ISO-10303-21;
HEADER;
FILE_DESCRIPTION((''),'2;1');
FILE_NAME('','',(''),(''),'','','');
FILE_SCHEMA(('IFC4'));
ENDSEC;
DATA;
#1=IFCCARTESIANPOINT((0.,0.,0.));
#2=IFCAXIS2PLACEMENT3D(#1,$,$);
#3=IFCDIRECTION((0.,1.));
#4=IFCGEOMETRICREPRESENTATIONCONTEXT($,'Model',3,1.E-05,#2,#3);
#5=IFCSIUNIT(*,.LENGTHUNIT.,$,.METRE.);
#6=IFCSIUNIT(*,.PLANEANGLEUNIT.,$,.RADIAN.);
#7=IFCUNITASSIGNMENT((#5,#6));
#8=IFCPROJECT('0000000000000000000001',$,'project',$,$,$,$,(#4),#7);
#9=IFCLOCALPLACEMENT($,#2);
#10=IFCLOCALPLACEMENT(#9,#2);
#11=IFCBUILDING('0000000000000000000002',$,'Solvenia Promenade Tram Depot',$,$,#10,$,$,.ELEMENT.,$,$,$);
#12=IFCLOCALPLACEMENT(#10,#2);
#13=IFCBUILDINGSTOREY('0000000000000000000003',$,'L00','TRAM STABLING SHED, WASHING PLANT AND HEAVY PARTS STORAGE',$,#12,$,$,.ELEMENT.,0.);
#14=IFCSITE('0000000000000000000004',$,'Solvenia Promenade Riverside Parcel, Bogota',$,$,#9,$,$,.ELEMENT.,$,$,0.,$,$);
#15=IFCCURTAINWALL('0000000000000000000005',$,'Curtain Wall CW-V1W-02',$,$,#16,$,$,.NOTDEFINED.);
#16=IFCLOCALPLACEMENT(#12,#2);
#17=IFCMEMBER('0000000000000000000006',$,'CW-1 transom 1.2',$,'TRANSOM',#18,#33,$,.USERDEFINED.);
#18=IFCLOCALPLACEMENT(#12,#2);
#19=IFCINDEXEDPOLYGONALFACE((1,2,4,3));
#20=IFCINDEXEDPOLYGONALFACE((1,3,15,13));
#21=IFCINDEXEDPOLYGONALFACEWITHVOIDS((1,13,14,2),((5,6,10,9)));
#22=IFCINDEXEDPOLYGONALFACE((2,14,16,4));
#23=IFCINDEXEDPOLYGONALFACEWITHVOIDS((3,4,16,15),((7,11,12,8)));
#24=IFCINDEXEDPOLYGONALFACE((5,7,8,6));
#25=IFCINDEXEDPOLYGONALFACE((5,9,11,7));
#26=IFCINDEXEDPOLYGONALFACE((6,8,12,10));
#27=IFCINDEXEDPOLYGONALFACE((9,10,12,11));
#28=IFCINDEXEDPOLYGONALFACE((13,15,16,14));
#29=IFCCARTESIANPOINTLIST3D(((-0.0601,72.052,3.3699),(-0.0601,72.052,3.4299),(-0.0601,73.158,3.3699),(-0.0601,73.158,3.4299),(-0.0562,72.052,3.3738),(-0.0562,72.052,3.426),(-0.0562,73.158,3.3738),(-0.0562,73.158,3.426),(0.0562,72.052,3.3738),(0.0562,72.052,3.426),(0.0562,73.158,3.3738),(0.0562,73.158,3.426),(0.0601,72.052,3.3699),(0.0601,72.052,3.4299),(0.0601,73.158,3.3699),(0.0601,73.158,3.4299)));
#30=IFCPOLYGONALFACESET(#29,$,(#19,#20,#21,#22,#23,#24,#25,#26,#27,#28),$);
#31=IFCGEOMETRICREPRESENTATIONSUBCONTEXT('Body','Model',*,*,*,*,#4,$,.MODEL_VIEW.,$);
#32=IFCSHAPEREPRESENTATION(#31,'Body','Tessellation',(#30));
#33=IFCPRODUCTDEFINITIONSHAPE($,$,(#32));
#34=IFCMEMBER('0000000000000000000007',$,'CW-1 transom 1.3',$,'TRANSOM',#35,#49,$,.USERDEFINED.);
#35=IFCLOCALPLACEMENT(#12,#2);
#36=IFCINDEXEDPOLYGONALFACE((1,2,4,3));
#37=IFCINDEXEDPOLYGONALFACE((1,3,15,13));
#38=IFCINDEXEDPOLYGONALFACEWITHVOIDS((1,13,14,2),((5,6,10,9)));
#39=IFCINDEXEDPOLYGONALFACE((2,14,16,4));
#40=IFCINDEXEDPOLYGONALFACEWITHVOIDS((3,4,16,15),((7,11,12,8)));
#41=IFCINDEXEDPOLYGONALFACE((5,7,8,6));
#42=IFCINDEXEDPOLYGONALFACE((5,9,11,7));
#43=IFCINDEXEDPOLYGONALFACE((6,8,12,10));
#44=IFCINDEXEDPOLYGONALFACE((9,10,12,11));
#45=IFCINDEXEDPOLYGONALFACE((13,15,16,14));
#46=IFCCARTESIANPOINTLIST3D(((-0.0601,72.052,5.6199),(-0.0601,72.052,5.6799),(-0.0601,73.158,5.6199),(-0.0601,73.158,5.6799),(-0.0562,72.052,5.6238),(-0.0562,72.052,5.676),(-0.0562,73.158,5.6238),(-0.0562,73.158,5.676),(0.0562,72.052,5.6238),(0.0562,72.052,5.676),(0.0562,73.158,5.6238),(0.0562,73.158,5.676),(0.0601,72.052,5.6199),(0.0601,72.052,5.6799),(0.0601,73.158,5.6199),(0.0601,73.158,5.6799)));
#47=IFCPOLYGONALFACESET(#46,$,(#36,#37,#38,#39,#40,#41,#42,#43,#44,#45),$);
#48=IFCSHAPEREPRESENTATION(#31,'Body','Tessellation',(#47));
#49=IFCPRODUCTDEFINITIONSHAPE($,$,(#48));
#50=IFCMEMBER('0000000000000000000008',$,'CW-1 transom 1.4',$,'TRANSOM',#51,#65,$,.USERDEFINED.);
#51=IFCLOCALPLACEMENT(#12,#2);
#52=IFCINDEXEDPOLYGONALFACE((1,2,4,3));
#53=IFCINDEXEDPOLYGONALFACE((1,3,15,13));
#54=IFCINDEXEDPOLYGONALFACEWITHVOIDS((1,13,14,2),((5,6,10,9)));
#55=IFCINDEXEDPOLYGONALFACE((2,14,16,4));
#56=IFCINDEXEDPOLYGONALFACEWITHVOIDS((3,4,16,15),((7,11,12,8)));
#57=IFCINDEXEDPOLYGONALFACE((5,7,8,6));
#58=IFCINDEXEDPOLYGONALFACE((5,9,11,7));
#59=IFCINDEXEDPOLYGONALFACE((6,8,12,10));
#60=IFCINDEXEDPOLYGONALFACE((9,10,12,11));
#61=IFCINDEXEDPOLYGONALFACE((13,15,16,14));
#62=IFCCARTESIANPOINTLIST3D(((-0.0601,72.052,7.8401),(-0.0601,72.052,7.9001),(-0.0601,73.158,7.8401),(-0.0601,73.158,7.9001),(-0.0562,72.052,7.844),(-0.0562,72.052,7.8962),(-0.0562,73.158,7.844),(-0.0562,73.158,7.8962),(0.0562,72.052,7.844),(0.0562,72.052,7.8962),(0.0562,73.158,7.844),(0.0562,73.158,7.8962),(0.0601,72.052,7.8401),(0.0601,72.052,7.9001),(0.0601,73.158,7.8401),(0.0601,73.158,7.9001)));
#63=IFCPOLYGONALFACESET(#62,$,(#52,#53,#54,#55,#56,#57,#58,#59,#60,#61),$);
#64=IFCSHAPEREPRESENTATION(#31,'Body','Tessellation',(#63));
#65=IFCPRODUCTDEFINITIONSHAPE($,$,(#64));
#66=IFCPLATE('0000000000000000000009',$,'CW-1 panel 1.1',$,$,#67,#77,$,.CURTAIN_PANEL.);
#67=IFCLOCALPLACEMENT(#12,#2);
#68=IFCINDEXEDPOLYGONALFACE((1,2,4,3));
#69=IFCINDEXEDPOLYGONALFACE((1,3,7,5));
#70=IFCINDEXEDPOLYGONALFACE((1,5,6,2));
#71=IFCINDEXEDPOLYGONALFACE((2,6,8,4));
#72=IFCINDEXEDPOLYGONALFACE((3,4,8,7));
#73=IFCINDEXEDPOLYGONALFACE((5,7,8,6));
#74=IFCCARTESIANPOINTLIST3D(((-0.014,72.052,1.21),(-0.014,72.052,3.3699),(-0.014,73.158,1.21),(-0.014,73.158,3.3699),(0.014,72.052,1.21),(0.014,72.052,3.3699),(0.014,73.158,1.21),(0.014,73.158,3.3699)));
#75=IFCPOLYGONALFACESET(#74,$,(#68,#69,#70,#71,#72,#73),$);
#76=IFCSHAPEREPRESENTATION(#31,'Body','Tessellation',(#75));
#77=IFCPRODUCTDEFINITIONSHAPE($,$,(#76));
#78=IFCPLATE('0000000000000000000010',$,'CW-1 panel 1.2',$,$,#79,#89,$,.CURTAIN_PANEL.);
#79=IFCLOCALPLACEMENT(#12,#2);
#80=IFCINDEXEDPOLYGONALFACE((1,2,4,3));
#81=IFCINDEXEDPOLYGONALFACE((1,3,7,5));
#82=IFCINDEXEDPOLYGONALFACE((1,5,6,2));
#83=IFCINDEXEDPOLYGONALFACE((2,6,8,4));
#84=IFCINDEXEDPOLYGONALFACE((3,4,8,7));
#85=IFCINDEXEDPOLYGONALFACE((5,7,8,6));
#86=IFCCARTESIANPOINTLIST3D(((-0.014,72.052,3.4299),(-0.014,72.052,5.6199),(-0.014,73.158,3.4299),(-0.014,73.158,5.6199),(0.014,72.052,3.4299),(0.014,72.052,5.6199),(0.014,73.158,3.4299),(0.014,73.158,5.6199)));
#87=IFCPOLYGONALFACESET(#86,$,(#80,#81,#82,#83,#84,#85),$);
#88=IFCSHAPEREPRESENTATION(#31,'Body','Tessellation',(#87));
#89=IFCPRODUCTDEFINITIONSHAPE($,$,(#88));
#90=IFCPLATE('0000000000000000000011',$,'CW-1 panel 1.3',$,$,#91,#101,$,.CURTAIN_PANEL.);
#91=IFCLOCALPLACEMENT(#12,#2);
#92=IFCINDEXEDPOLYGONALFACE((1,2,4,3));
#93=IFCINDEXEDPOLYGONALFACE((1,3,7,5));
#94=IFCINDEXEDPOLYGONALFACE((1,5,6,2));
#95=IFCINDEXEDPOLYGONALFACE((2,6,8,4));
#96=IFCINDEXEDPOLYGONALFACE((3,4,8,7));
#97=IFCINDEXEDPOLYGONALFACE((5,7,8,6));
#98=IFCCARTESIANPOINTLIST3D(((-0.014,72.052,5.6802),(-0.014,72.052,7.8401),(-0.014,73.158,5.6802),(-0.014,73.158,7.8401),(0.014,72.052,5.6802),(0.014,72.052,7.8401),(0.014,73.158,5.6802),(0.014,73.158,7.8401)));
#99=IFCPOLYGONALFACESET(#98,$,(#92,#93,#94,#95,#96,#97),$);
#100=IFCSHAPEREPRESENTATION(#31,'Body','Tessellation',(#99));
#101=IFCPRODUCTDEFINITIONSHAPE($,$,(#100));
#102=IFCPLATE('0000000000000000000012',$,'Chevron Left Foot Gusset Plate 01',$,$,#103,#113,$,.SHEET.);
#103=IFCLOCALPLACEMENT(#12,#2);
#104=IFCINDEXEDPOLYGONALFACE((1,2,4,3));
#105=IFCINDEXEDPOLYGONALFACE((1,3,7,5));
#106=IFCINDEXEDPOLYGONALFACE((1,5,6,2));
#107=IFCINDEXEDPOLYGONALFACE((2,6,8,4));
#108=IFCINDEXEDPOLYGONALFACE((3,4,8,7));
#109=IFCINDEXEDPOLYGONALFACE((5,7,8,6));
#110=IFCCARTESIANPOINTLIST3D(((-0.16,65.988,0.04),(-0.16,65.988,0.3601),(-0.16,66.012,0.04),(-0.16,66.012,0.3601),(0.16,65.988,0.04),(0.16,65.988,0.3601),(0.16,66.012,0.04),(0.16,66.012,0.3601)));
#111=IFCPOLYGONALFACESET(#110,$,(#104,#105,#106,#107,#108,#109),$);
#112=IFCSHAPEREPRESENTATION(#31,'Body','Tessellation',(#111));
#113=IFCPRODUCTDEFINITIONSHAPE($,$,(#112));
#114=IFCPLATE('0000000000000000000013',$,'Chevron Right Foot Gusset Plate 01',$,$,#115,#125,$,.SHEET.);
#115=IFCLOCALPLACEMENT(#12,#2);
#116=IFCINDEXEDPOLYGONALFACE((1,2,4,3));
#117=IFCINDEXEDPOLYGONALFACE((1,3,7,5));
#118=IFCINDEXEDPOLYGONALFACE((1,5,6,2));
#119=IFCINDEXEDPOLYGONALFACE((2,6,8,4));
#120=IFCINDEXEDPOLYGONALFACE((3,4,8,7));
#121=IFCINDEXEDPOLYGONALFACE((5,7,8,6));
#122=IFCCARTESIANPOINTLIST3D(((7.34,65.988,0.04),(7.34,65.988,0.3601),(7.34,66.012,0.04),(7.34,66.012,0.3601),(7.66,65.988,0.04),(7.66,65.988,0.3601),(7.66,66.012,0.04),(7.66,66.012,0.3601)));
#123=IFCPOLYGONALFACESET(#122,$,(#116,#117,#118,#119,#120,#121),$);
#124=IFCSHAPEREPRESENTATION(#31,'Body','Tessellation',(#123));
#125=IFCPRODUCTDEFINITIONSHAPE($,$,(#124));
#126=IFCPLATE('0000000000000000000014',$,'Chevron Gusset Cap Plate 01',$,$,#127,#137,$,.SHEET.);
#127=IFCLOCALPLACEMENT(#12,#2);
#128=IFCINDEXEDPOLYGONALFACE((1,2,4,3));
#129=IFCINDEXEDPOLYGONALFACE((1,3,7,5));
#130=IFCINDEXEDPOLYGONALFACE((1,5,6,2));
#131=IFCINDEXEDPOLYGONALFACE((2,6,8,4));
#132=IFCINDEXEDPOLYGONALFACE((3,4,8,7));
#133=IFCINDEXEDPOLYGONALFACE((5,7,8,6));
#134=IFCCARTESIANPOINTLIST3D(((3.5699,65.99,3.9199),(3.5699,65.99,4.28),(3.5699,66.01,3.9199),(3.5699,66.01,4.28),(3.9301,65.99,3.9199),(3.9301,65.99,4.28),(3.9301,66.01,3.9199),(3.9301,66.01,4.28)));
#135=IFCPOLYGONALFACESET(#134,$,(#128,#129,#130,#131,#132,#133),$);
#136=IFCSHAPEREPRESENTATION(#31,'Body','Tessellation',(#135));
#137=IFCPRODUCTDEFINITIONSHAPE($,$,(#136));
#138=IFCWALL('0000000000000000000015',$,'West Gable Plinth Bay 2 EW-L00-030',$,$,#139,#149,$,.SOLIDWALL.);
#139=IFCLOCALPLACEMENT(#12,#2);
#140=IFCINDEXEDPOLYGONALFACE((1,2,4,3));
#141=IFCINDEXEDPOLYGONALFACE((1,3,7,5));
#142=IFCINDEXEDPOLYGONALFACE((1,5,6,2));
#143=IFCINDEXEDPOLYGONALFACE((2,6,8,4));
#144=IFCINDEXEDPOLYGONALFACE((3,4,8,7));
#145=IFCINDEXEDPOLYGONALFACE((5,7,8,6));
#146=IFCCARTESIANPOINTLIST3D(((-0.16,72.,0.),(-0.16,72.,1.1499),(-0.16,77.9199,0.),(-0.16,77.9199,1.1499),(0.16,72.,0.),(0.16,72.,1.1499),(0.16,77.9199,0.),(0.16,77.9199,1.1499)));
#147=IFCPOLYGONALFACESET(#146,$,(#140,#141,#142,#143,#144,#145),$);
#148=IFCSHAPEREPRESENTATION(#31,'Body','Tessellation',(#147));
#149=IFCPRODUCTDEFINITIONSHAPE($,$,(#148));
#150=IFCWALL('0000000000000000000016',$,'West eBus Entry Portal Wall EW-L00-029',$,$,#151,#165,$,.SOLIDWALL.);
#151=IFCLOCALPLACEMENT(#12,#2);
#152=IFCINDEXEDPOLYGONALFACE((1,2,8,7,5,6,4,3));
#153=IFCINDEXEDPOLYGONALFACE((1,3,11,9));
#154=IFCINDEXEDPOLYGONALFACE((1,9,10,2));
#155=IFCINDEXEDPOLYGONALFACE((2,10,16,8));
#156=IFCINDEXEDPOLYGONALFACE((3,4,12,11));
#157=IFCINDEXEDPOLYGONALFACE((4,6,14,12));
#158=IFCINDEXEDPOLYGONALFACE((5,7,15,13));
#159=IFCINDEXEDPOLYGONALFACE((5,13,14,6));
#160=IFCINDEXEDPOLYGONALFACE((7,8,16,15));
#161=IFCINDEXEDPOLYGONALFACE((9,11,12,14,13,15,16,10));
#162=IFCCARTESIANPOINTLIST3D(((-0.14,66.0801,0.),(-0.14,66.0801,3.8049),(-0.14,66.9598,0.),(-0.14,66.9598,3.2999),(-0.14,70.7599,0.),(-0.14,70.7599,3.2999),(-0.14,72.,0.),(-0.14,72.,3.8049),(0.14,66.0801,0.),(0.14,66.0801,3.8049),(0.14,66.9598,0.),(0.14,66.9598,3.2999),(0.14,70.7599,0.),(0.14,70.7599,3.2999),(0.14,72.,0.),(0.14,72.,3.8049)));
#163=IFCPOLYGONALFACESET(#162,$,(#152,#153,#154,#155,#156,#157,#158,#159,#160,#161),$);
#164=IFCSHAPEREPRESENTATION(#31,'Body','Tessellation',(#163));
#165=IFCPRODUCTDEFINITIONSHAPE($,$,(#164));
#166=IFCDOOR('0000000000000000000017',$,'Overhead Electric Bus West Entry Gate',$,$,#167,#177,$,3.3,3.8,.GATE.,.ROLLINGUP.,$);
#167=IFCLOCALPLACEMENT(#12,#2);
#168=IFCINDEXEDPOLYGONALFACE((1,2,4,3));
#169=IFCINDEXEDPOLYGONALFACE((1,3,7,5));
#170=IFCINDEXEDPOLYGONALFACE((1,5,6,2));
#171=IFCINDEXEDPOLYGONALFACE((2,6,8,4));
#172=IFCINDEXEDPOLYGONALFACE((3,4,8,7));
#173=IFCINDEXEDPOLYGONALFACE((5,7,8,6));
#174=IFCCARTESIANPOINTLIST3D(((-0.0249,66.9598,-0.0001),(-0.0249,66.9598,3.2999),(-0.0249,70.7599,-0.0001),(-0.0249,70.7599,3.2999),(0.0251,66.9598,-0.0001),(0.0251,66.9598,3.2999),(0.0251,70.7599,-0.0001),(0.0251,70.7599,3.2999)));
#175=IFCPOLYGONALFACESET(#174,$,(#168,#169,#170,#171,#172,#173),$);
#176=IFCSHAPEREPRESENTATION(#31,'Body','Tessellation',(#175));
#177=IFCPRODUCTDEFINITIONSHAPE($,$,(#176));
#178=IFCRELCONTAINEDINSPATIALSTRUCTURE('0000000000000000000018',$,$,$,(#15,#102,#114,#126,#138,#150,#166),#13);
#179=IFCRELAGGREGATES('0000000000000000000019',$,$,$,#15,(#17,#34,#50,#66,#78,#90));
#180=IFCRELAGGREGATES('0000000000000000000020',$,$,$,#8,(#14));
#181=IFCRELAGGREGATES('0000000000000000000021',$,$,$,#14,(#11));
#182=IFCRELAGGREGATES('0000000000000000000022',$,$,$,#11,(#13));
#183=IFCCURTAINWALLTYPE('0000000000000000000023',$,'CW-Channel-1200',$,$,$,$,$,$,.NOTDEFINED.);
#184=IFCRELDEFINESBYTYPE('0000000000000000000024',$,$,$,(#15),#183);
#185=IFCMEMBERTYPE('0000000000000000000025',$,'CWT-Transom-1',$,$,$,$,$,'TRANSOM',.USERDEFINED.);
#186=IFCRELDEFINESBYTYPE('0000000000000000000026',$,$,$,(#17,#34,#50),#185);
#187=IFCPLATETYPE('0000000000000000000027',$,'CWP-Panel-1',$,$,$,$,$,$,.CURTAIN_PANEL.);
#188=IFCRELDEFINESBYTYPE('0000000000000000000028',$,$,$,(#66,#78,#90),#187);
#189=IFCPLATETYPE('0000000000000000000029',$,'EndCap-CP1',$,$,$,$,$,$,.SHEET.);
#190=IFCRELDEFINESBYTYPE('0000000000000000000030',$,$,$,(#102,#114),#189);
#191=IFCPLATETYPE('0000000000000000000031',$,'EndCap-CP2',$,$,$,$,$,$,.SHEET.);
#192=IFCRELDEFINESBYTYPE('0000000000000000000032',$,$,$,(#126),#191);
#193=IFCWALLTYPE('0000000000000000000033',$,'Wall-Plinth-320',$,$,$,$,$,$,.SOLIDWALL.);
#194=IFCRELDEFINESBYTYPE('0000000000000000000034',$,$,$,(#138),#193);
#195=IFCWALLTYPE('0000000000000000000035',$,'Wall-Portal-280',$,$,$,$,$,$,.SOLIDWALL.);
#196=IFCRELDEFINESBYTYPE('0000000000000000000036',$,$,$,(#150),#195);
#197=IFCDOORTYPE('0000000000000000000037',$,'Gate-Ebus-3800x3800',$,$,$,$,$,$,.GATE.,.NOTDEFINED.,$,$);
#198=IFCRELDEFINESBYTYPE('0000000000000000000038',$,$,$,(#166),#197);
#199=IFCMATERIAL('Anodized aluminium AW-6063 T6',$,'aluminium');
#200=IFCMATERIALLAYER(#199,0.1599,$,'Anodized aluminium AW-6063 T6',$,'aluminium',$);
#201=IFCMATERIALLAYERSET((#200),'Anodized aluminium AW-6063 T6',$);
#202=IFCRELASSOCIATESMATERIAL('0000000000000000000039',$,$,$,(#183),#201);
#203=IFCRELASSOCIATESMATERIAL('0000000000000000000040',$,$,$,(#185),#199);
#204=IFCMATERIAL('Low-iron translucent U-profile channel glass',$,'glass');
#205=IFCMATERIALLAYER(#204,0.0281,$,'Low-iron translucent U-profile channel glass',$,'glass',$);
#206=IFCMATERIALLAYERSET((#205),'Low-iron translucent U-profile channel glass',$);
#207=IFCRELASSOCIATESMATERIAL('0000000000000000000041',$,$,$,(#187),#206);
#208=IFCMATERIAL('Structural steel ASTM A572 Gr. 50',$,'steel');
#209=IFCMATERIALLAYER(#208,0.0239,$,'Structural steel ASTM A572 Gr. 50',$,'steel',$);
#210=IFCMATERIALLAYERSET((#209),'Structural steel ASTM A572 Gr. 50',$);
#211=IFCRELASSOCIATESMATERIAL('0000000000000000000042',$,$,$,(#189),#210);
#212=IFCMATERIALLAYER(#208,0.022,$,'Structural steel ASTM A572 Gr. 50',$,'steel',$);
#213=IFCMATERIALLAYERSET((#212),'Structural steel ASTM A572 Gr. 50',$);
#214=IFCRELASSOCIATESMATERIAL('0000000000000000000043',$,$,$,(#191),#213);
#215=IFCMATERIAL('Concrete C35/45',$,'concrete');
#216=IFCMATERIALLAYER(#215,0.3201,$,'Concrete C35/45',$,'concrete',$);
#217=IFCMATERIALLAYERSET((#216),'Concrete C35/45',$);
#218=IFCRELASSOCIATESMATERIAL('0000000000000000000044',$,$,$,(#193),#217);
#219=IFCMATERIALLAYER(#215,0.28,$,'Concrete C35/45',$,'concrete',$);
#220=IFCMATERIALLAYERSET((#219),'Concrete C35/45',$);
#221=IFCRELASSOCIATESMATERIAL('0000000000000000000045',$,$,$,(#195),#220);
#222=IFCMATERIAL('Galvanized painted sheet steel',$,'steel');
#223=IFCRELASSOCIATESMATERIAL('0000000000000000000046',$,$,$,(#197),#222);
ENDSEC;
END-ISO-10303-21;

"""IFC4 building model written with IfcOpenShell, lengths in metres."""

from ifc_helpers import new_model, si_unit, direction, frame, frame_2d, origin, origin_2d, place, context, subcontext, project, spatial, rectangle, hollow_rectangle, extrude, material, layer, layer_set, material_profile, profile_set, type_object, element, fill, aggregate, save


model = new_model("IFC4")

# Units and contexts
model_context = context("Model", 3, precision=1e-05, world=origin(), true_north=direction((0.0, 1.0)))
body_context = subcontext(model_context, "Body", "Model", "MODEL_VIEW")
ifc_project = project(units=[si_unit("LENGTHUNIT", "METRE"), si_unit("PLANEANGLEUNIT", "RADIAN")], contexts=[model_context])

# Site, building, storey
site_placement = place(None, origin())
site = spatial("IfcSite", under=ifc_project, at=site_placement, Name="Solvenia Promenade Riverside Parcel, Bogota", CompositionType="ELEMENT", RefElevation=0.0)
building_placement = place(site_placement, origin())
building = spatial("IfcBuilding", under=site, at=building_placement, Name="Solvenia Promenade Tram Depot", CompositionType="ELEMENT")
storey_placement = place(building_placement, origin())
storey = spatial("IfcBuildingStorey", under=building, at=storey_placement, Name="L00", Description="TRAM STABLING SHED, WASHING PLANT AND HEAVY PARTS STORAGE", CompositionType="ELEMENT", Elevation=0.0)

# Curtain wall, members, plates
ifc_material_1 = material(Name="Anodized aluminium AW-6063 T6", Category="aluminium")
ifc_layer_1 = layer(ifc_material_1, 0.1599, Name="Anodized aluminium AW-6063 T6", Category="aluminium")
ifc_layer_set_1 = layer_set([ifc_layer_1], Name="Anodized aluminium AW-6063 T6")
curtain_wall_type = type_object("IfcCurtainWallType", Name="CW-Channel-1200", PredefinedType="NOTDEFINED", material=ifc_layer_set_1)
curtain_wall_placement = place(storey_placement, origin())
curtain_wall = element("IfcCurtainWall", 1, at=curtain_wall_placement, inside=storey, type_object=curtain_wall_type, Name="Curtain Wall CW-V1W-02", PredefinedType="NOTDEFINED")
ifc_material_profile_1 = material_profile(ifc_material_1, hollow_rectangle(XDim=0.1201, YDim=0.0601, WallThickness=0.0039, at=origin_2d()), Name="ALU-T1", Category="aluminium")
ifc_profile_set_1 = profile_set([ifc_material_profile_1], Name="Anodized aluminium AW-6063 T6")
member_type_1 = type_object("IfcMemberType", Name="CWT-Transom-1", ElementType="TRANSOM", PredefinedType="USERDEFINED", material=ifc_profile_set_1)
member_1_placement = place(storey_placement, frame((0.0, 72.052, 3.3999), z_axis=(0.0, 1.0, 0.0), x_axis=(-1.0, 0.0, 0.0)))
member_1 = element("IfcMember", 2, at=member_1_placement, type_object=member_type_1, Name="CW-1 transom 1.2", ObjectType="TRANSOM", PredefinedType="USERDEFINED", context=body_context, shape_type="SweptSolid", body=[
    extrude(hollow_rectangle(XDim=0.1201, YDim=0.0601, WallThickness=0.0039, at=origin_2d()), origin(), (0.0, 0.0, 1.0), 1.106),
])
member_2_placement = place(storey_placement, frame((0.0, 72.052, 5.6499), z_axis=(0.0, 1.0, 0.0), x_axis=(-1.0, 0.0, 0.0)))
member_2 = element("IfcMember", 3, at=member_2_placement, type_object=member_type_1, Name="CW-1 transom 1.3", ObjectType="TRANSOM", PredefinedType="USERDEFINED", context=body_context, shape_type="SweptSolid", body=[
    extrude(hollow_rectangle(XDim=0.1201, YDim=0.0601, WallThickness=0.0039, at=origin_2d()), origin(), (0.0, 0.0, 1.0), 1.106),
])
member_3_placement = place(storey_placement, frame((0.0, 72.052, 7.8701), z_axis=(0.0, 1.0, 0.0), x_axis=(-1.0, 0.0, 0.0)))
member_3 = element("IfcMember", 4, at=member_3_placement, type_object=member_type_1, Name="CW-1 transom 1.4", ObjectType="TRANSOM", PredefinedType="USERDEFINED", context=body_context, shape_type="SweptSolid", body=[
    extrude(hollow_rectangle(XDim=0.1201, YDim=0.0601, WallThickness=0.0039, at=origin_2d()), origin(), (0.0, 0.0, 1.0), 1.106),
])
ifc_material_2 = material(Name="Low-iron translucent U-profile channel glass", Category="glass")
ifc_layer_2 = layer(ifc_material_2, 0.0281, Name="Low-iron translucent U-profile channel glass", Category="glass")
ifc_layer_set_2 = layer_set([ifc_layer_2], Name="Low-iron translucent U-profile channel glass")
plate_type_1 = type_object("IfcPlateType", Name="CWP-Panel-1", PredefinedType="CURTAIN_PANEL", material=ifc_layer_set_2)
plate_1_placement = place(storey_placement, frame((0.0, 72.605, 1.21), z_axis=(0.0, 0.0, 1.0), x_axis=(0.0, 1.0, 0.0)))
plate_1 = element("IfcPlate", 5, at=plate_1_placement, type_object=plate_type_1, Name="CW-1 panel 1.1", PredefinedType="CURTAIN_PANEL", context=body_context, shape_type="SweptSolid", body=[
    extrude(rectangle(XDim=1.106, YDim=0.0281, at=origin_2d()), origin(), (0.0, 0.0, 1.0), 2.1599),
])
plate_2_placement = place(storey_placement, frame((0.0, 72.605, 3.4299), z_axis=(0.0, 0.0, 1.0), x_axis=(0.0, 1.0, 0.0)))
plate_2 = element("IfcPlate", 6, at=plate_2_placement, type_object=plate_type_1, Name="CW-1 panel 1.2", PredefinedType="CURTAIN_PANEL", context=body_context, shape_type="SweptSolid", body=[
    extrude(rectangle(XDim=1.106, YDim=0.0281, at=origin_2d()), origin(), (0.0, 0.0, 1.0), 2.1899),
])
plate_3_placement = place(storey_placement, frame((0.0, 72.605, 5.6802), z_axis=(0.0, 0.0, 1.0), x_axis=(0.0, 1.0, 0.0)))
plate_3 = element("IfcPlate", 7, at=plate_3_placement, type_object=plate_type_1, Name="CW-1 panel 1.3", PredefinedType="CURTAIN_PANEL", context=body_context, shape_type="SweptSolid", body=[
    extrude(rectangle(XDim=1.106, YDim=0.0281, at=origin_2d()), origin(), (0.0, 0.0, 1.0), 2.1599),
])
aggregate(curtain_wall, [member_1, member_2, member_3, plate_1, plate_2, plate_3])

# Plates
ifc_material_3 = material(Name="Structural steel ASTM A572 Gr. 50", Category="steel")
ifc_layer_3 = layer(ifc_material_3, 0.0239, Name="Structural steel ASTM A572 Gr. 50", Category="steel")
ifc_layer_set_3 = layer_set([ifc_layer_3], Name="Structural steel ASTM A572 Gr. 50")
plate_type_2 = type_object("IfcPlateType", Name="EndCap-CP1", PredefinedType="SHEET", material=ifc_layer_set_3)
for number, where, z_axis, x_axis, name in (
    (8, (0.0, 66.0, 0.04), (0.0, 0.0, 1.0), (1.0, 0.0, 0.0), "Chevron Left Foot Gusset Plate 01"),
    (9, (7.5, 66.0, 0.04), (0.0, 0.0, 1.0), (1.0, 0.0, 0.0), "Chevron Right Foot Gusset Plate 01"),
):
    element("IfcPlate", number, at=place(storey_placement, frame(where, z_axis=z_axis, x_axis=x_axis)), inside=storey, type_object=plate_type_2, Name=name, PredefinedType="SHEET", context=body_context, shape_type="SweptSolid", body=[
        extrude(rectangle(XDim=0.3201, YDim=0.0239, at=origin_2d()), origin(), (0.0, 0.0, 1.0), 0.3201),
    ])
ifc_layer_4 = layer(ifc_material_3, 0.022, Name="Structural steel ASTM A572 Gr. 50", Category="steel")
ifc_layer_set_4 = layer_set([ifc_layer_4], Name="Structural steel ASTM A572 Gr. 50")
plate_type_3 = type_object("IfcPlateType", Name="EndCap-CP2", PredefinedType="SHEET", material=ifc_layer_set_4)
plate_4_placement = place(storey_placement, frame((3.75, 66.0, 3.9199), z_axis=(0.0, 0.0, 1.0), x_axis=(1.0, 0.0, 0.0)))
element("IfcPlate", 10, at=plate_4_placement, inside=storey, type_object=plate_type_3, Name="Chevron Gusset Cap Plate 01", PredefinedType="SHEET", context=body_context, shape_type="SweptSolid", body=[
    extrude(rectangle(XDim=0.3601, YDim=0.02, at=origin_2d()), origin(), (0.0, 0.0, 1.0), 0.3601),
])

# Wall
ifc_material_4 = material(Name="Concrete C35/45", Category="concrete")
ifc_layer_5 = layer(ifc_material_4, 0.3201, Name="Concrete C35/45", Category="concrete")
ifc_layer_set_5 = layer_set([ifc_layer_5], Name="Concrete C35/45")
wall_type_1 = type_object("IfcWallType", Name="Wall-Plinth-320", PredefinedType="SOLIDWALL", material=ifc_layer_set_5)
wall_1_placement = place(storey_placement, frame((0.0, 72.0, 0.0), z_axis=(0.0, 0.0, 1.0), x_axis=(0.0, 1.0, 0.0)))
element("IfcWall", 11, at=wall_1_placement, inside=storey, type_object=wall_type_1, Name="West Gable Plinth Bay 2 EW-L00-030", PredefinedType="SOLIDWALL", context=body_context, shape_type="SweptSolid", body=[
    extrude(rectangle(XDim=5.9199, YDim=0.3201, at=frame_2d((2.96, 0.0))), origin(), (0.0, 0.0, 1.0), 1.1499),
])

# Wall, opening, door
ifc_layer_6 = layer(ifc_material_4, 0.28, Name="Concrete C35/45", Category="concrete")
ifc_layer_set_6 = layer_set([ifc_layer_6], Name="Concrete C35/45")
wall_type_2 = type_object("IfcWallType", Name="Wall-Portal-280", PredefinedType="SOLIDWALL", material=ifc_layer_set_6)
wall_2_placement = place(storey_placement, frame((0.0, 66.0801, 0.0), z_axis=(0.0, 0.0, 1.0), x_axis=(0.0, 1.0, 0.0)))
wall_2 = element("IfcWall", 12, at=wall_2_placement, inside=storey, type_object=wall_type_2, Name="West eBus Entry Portal Wall EW-L00-029", PredefinedType="SOLIDWALL", context=body_context, shape_type="SweptSolid", body=[
    extrude(rectangle(XDim=5.9199, YDim=0.28, at=frame_2d((2.96, 0.0))), origin(), (0.0, 0.0, 1.0), 3.8049),
])
opening_1_placement = place(wall_2_placement, frame((0.8799, 0.0, 0.0)))
opening_1 = element("IfcOpeningElement", 13, at=opening_1_placement, cuts=wall_2, PredefinedType="OPENING", context=body_context, shape_type="SweptSolid", body=[
    extrude(rectangle(XDim=3.8, YDim=3.3, at=frame_2d((1.8999, 1.6499))), frame((0.0, 0.1499, 0.0), z_axis=(0.0, -1.0, 0.0), x_axis=(1.0, 0.0, 0.0)), (0.0, 0.0, 1.0), 0.3),
])
ifc_material_5 = material(Name="Galvanized painted sheet steel", Category="steel")
door_type_1 = type_object("IfcDoorType", Name="Gate-Ebus-3800x3800", OperationType="NOTDEFINED", PredefinedType="GATE", material=ifc_material_5)
door_1_placement = place(opening_1_placement, origin())
door_1 = element("IfcDoor", 14, at=door_1_placement, inside=storey, type_object=door_type_1, Name="Overhead Electric Bus West Entry Gate", OperationType="ROLLINGUP", OverallHeight=3.3, OverallWidth=3.8, PredefinedType="GATE", context=body_context, shape_type="SweptSolid", body=[
    extrude(rectangle(XDim=3.8, YDim=3.3, at=frame_2d((1.8999, 1.6499))), frame((0.0, 0.0249, 0.0), z_axis=(0.0, -1.0, 0.0), x_axis=(1.0, 0.0, 0.0)), (0.0, 0.0, 1.0), 0.05),
])
fill(opening_1, door_1)

save(model, "model.ifc")
